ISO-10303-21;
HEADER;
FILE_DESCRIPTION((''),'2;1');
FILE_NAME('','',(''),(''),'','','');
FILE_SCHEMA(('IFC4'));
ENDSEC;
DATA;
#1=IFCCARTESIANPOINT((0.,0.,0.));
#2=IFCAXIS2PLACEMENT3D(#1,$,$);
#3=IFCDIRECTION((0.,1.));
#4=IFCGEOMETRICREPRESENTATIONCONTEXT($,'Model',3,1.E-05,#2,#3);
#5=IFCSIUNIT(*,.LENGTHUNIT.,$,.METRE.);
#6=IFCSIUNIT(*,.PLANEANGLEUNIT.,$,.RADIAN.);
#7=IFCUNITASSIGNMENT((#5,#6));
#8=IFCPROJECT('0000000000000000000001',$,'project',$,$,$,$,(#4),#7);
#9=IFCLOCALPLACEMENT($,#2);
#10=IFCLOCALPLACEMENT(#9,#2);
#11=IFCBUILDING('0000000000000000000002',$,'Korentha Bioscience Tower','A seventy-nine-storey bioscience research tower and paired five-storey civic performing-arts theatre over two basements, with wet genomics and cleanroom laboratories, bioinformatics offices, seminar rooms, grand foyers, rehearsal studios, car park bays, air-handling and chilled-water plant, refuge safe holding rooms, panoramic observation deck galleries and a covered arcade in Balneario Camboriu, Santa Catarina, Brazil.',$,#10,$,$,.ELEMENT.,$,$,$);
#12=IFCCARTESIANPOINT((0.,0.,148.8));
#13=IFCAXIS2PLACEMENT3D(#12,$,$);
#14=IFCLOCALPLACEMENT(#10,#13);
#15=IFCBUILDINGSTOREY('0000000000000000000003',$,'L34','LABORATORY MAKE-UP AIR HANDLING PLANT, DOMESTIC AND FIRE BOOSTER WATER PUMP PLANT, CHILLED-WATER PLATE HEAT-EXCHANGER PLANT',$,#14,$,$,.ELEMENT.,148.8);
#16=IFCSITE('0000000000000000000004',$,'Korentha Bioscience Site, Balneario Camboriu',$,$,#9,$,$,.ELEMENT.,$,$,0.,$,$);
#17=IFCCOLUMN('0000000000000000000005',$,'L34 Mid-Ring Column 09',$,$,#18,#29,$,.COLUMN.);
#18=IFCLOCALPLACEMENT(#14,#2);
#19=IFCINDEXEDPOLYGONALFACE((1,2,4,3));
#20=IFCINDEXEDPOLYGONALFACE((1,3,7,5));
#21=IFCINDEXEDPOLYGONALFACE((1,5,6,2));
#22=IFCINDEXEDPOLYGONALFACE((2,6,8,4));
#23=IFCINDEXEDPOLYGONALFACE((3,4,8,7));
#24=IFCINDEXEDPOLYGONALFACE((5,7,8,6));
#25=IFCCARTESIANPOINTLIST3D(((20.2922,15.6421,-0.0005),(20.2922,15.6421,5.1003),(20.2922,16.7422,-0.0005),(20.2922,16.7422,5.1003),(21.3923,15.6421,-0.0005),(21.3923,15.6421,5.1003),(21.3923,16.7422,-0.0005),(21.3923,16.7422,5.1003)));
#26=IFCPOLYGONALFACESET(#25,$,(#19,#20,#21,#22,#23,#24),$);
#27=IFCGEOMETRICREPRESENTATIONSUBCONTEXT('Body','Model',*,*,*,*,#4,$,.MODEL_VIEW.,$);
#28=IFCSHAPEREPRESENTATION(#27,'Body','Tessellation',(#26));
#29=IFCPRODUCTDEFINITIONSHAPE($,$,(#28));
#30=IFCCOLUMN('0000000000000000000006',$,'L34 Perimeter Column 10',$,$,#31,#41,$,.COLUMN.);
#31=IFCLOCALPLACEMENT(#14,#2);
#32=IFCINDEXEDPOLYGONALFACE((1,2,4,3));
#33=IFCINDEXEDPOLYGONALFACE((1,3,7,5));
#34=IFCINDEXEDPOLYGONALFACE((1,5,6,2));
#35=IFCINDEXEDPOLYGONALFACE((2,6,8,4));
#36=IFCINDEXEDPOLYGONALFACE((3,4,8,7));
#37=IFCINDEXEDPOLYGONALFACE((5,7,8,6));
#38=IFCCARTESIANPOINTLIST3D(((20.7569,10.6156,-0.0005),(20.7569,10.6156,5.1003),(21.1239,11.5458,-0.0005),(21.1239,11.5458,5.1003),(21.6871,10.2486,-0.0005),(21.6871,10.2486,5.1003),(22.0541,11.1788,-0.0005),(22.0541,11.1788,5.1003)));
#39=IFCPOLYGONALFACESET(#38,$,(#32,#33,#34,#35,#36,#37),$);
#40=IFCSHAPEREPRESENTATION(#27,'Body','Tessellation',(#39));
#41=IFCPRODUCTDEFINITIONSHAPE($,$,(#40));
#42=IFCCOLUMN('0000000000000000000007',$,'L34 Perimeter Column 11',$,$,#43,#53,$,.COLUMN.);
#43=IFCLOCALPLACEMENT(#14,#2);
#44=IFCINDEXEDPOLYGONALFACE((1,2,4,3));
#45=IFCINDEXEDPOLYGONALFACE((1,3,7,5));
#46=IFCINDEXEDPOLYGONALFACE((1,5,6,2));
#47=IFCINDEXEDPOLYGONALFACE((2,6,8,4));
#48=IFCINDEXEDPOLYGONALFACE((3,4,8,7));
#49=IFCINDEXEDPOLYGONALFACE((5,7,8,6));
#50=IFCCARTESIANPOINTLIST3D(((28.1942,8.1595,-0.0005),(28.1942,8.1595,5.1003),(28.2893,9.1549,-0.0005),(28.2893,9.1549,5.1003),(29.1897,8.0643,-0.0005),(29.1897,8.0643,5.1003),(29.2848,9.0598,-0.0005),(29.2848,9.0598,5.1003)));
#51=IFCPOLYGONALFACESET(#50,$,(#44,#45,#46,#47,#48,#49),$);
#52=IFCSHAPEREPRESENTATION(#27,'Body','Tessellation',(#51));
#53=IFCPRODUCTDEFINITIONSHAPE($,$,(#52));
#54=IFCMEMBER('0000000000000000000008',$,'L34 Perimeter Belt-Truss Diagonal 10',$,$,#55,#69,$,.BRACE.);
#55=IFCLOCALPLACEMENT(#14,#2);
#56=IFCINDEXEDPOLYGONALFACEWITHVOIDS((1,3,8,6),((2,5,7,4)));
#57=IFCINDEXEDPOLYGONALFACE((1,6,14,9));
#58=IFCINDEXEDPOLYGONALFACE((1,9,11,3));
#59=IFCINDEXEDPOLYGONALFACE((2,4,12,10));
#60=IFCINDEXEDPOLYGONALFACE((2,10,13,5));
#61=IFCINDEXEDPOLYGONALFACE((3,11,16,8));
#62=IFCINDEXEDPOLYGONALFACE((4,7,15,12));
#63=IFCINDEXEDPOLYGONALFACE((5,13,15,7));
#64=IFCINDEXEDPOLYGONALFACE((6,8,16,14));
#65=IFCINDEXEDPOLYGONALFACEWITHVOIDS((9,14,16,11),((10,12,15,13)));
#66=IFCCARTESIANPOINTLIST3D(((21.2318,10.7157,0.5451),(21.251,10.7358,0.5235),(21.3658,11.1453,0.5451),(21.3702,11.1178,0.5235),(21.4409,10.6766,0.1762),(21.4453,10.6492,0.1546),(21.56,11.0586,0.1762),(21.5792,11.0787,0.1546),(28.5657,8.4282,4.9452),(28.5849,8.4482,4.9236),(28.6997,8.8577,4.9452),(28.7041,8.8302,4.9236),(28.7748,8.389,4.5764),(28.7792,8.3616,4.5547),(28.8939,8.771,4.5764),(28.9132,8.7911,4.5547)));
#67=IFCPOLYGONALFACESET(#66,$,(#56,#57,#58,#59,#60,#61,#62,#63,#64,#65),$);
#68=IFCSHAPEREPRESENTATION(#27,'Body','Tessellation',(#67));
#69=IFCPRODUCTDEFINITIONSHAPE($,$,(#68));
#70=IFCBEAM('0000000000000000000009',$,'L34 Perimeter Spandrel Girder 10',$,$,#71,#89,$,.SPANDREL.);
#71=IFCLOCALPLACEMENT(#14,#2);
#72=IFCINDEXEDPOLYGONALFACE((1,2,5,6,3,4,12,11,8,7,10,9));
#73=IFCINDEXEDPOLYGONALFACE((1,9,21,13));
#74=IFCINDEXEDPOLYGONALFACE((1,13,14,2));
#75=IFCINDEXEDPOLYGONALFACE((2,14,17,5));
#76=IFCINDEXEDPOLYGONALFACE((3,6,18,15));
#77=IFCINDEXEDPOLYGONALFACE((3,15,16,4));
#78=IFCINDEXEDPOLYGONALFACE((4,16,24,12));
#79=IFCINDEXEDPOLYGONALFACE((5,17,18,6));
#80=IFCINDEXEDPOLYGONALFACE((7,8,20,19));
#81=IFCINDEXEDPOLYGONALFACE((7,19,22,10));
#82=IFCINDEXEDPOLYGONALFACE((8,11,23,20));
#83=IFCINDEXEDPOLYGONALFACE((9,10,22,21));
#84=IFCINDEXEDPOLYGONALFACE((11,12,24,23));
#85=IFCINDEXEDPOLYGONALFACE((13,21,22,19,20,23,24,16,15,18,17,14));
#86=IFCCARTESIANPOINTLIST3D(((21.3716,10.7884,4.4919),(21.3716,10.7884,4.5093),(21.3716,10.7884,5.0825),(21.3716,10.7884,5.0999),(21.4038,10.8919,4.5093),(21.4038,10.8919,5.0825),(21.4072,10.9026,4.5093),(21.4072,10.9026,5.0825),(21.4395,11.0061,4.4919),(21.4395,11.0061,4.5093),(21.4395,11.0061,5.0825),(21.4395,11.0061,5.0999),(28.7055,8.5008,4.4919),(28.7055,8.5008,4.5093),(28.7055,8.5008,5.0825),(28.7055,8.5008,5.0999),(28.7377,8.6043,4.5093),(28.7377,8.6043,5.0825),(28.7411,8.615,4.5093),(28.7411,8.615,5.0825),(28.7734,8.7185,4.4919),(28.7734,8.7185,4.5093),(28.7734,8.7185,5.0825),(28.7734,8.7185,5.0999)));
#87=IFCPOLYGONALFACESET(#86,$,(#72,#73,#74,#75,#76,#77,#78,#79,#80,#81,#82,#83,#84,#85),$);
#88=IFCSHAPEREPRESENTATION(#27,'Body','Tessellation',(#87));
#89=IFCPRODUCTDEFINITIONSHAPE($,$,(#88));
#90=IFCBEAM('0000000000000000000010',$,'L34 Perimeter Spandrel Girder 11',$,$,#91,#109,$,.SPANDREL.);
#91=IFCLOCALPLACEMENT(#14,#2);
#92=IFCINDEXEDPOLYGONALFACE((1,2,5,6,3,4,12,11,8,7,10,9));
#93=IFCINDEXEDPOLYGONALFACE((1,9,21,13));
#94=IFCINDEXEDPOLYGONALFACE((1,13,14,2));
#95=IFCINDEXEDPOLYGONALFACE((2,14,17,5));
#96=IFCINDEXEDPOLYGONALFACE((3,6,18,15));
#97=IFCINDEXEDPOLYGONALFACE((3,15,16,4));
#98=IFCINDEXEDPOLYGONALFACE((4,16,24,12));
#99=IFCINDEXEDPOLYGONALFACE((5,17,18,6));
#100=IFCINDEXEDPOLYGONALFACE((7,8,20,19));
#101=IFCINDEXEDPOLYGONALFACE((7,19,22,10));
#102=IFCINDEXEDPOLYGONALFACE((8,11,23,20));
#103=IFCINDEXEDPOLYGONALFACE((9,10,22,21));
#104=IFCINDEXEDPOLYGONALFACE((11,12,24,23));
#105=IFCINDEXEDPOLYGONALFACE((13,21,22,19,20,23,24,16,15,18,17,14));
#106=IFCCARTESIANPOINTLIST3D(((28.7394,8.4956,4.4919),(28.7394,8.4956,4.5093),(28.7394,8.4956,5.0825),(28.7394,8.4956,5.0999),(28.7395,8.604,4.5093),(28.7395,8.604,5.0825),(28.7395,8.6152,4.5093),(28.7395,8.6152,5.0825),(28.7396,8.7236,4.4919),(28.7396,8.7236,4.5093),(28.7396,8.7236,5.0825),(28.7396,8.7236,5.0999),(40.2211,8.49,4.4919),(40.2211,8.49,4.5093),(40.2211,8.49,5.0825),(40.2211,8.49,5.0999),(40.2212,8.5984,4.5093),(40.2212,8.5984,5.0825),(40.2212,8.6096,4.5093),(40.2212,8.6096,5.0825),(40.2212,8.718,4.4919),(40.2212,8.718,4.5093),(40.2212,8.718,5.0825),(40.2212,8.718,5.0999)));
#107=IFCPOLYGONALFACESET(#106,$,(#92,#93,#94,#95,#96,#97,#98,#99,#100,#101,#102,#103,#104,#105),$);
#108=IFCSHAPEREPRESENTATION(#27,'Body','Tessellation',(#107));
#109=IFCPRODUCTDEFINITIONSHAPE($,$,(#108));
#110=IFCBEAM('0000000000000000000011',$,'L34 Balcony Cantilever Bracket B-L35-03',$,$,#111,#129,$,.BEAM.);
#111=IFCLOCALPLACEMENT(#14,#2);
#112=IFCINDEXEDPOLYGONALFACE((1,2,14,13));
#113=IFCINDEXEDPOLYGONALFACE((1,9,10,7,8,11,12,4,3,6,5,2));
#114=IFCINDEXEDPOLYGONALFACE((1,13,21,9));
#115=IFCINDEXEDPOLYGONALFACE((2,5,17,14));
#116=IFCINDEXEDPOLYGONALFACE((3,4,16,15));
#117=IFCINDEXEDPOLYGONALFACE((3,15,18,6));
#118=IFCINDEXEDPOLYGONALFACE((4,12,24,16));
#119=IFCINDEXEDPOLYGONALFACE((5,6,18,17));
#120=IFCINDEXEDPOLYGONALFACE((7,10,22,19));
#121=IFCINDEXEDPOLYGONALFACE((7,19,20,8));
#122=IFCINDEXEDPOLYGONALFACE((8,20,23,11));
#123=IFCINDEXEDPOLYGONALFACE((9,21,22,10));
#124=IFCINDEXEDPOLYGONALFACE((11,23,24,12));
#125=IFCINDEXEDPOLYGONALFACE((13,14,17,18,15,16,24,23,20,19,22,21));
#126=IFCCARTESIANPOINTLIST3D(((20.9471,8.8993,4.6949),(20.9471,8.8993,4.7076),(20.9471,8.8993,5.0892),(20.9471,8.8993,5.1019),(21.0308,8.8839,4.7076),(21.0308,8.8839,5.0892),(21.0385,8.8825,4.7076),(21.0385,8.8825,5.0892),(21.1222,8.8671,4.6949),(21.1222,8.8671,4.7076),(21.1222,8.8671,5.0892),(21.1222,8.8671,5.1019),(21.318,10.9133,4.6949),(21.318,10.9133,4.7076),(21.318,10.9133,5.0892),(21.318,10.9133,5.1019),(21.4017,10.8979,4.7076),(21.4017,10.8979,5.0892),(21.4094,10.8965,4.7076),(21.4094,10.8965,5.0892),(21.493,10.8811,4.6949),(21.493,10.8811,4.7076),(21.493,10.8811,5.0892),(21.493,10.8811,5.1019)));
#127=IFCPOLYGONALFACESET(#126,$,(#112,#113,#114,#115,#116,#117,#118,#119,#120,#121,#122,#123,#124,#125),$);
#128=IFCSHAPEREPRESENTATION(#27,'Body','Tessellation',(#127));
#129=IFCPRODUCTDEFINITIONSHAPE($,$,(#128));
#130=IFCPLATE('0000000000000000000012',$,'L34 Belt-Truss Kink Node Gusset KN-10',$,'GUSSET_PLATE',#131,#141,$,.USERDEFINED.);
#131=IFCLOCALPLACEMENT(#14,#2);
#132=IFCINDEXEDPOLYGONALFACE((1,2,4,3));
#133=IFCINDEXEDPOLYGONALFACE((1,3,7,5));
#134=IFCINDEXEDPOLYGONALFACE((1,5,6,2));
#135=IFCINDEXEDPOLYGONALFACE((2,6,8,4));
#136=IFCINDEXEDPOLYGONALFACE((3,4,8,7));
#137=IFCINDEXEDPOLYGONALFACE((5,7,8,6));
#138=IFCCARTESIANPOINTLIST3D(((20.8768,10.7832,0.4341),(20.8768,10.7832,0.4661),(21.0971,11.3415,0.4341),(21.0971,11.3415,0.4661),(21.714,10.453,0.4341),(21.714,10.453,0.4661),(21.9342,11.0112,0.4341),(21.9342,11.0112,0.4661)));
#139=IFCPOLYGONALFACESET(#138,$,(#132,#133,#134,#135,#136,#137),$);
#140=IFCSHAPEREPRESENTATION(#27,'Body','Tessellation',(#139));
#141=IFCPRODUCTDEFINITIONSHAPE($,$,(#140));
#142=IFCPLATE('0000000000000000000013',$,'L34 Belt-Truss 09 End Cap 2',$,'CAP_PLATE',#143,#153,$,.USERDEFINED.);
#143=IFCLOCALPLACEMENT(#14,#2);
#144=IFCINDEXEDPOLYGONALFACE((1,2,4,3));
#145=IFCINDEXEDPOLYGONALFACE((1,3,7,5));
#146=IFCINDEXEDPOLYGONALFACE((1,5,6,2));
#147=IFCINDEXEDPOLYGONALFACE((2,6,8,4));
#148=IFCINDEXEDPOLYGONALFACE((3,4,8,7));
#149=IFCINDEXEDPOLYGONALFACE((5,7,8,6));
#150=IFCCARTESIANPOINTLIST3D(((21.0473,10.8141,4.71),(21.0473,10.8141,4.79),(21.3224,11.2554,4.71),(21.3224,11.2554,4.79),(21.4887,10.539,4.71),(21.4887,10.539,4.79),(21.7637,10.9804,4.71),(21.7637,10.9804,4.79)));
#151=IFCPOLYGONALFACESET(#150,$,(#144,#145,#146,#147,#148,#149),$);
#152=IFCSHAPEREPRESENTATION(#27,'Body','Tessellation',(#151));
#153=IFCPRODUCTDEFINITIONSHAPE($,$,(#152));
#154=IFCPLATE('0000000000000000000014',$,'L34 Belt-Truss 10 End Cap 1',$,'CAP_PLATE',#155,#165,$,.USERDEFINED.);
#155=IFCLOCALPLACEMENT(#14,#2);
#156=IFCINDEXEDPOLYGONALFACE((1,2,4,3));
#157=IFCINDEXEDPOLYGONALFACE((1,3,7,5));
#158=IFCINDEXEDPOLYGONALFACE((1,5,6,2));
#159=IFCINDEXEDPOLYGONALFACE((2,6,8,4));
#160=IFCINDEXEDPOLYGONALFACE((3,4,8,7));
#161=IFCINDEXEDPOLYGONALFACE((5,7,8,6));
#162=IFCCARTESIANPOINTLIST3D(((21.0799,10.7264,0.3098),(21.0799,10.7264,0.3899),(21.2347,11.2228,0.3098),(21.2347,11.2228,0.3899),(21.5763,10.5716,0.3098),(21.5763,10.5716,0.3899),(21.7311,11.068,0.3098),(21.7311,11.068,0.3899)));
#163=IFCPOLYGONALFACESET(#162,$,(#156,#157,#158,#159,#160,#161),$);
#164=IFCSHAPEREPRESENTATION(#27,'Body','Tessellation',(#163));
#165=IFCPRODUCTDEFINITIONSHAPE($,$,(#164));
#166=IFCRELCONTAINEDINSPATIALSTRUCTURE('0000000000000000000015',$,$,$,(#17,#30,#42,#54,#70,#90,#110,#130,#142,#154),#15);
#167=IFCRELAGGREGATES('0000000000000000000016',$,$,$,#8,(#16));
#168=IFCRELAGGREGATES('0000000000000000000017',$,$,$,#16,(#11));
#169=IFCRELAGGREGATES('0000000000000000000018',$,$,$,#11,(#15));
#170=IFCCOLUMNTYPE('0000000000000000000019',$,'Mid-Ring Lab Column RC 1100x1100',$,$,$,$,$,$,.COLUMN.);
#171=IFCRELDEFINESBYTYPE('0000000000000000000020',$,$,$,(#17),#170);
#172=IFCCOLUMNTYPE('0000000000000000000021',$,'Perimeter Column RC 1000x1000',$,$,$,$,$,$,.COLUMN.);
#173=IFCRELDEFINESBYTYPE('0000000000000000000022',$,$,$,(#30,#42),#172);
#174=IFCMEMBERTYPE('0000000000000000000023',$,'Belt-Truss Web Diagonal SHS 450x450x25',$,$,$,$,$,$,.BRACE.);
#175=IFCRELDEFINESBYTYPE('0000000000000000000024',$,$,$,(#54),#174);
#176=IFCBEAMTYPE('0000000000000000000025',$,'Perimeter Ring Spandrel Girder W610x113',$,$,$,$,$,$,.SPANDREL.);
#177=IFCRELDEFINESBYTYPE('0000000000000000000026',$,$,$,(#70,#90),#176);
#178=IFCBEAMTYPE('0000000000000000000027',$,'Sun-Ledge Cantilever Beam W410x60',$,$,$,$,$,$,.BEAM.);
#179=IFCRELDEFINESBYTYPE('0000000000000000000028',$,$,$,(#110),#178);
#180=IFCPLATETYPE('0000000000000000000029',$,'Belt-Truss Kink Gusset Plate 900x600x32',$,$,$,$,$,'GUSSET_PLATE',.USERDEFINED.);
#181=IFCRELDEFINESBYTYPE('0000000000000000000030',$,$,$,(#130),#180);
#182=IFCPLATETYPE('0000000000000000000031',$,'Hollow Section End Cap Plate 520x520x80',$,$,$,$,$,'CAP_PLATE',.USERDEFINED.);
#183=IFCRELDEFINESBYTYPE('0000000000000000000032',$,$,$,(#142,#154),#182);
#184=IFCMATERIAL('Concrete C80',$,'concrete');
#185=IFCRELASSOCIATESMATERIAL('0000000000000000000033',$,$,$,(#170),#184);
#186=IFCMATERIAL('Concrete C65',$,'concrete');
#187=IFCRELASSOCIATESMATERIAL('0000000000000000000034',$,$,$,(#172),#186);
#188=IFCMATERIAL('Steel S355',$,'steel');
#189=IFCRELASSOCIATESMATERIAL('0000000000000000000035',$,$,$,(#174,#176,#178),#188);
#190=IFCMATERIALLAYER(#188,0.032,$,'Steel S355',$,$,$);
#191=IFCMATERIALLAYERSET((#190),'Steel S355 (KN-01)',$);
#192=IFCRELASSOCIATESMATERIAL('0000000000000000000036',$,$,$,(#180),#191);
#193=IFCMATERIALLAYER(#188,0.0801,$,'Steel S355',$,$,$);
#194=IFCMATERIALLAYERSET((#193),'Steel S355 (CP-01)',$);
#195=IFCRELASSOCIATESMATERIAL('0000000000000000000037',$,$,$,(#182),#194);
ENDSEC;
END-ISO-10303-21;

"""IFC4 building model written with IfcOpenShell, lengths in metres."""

from ifc_helpers import new_model, si_unit, direction, frame, origin, origin_2d, place, context, subcontext, project, spatial, rectangle, hollow_rectangle, i_section, extrude, material, layer, layer_set, material_profile, profile_set, type_object, element, save


model = new_model("IFC4")

# Units and contexts
model_context = context("Model", 3, precision=1e-05, world=origin(), true_north=direction((0.0, 1.0)))
body_context = subcontext(model_context, "Body", "Model", "MODEL_VIEW")
ifc_project = project(units=[si_unit("LENGTHUNIT", "METRE"), si_unit("PLANEANGLEUNIT", "RADIAN")], contexts=[model_context])

# Site, building, storey
site_placement = place(None, origin())
site = spatial("IfcSite", under=ifc_project, at=site_placement, Name="Korentha Bioscience Site, Balneario Camboriu", CompositionType="ELEMENT", RefElevation=0.0)
building_placement = place(site_placement, origin())
building = spatial("IfcBuilding", under=site, at=building_placement, Name="Korentha Bioscience Tower", Description="A seventy-nine-storey bioscience research tower and paired five-storey civic performing-arts theatre over two basements, with wet genomics and cleanroom laboratories, bioinformatics offices, seminar rooms, grand foyers, rehearsal studios, car park bays, air-handling and chilled-water plant, refuge safe holding rooms, panoramic observation deck galleries and a covered arcade in Balneario Camboriu, Santa Catarina, Brazil.", CompositionType="ELEMENT")
storey_placement = place(building_placement, frame((0.0, 0.0, 148.8)))
storey = spatial("IfcBuildingStorey", under=building, at=storey_placement, Name="L34", Description="LABORATORY MAKE-UP AIR HANDLING PLANT, DOMESTIC AND FIRE BOOSTER WATER PUMP PLANT, CHILLED-WATER PLATE HEAT-EXCHANGER PLANT", CompositionType="ELEMENT", Elevation=148.8)

# Columns
ifc_material_1 = material(Name="Concrete C80", Category="concrete")
ifc_material_profile_1 = material_profile(ifc_material_1, rectangle(XDim=1.1001, YDim=1.1001, at=origin_2d()), Name="Concrete C80")
ifc_profile_set_1 = profile_set([ifc_material_profile_1], Name="Concrete C80 (COL-MR11)")
column_type_1 = type_object("IfcColumnType", Name="Mid-Ring Lab Column RC 1100x1100", PredefinedType="COLUMN", material=ifc_profile_set_1)
column_placement = place(storey_placement, frame((20.8423, 16.1921, -0.0005), z_axis=(0.0, 0.0, 1.0), x_axis=(1.0, 0.0, 0.0)))
element("IfcColumn", 1, at=column_placement, inside=storey, type_object=column_type_1, Name="L34 Mid-Ring Column 09", PredefinedType="COLUMN", context=body_context, shape_type="SweptSolid", body=[
    extrude(rectangle(XDim=1.1001, YDim=1.1001, at=origin_2d()), origin(), (0.0, 0.0, 1.0), 5.1008),
])
ifc_material_2 = material(Name="Concrete C65", Category="concrete")
ifc_material_profile_2 = material_profile(ifc_material_2, rectangle(XDim=1.0, YDim=1.0, at=origin_2d()), Name="Concrete C65")
ifc_profile_set_2 = profile_set([ifc_material_profile_2], Name="Concrete C65 (COL-P10)")
column_type_2 = type_object("IfcColumnType", Name="Perimeter Column RC 1000x1000", PredefinedType="COLUMN", material=ifc_profile_set_2)
for number, where, z_axis, x_axis, name in (
    (2, (21.4055, 10.8972, -0.0005), (0.0, 0.0, 1.0), (-0.930226, 0.366988, 0.0), "L34 Perimeter Column 10"),
    (3, (28.7395, 8.6096, -0.0005), (0.0, 0.0, 1.0), (-0.995463, 0.095151, 0.0), "L34 Perimeter Column 11"),
):
    element("IfcColumn", number, at=place(storey_placement, frame(where, z_axis=z_axis, x_axis=x_axis)), inside=storey, type_object=column_type_2, Name=name, PredefinedType="COLUMN", context=body_context, shape_type="SweptSolid", body=[
        extrude(rectangle(XDim=1.0, YDim=1.0, at=origin_2d()), origin(), (0.0, 0.0, 1.0), 5.1008),
    ])

# Member
ifc_material_3 = material(Name="Steel S355", Category="steel")
ifc_material_profile_3 = material_profile(ifc_material_3, hollow_rectangle(XDim=0.45, YDim=0.45, WallThickness=0.0249, at=origin_2d()), Name="Steel S355")
ifc_profile_set_3 = profile_set([ifc_material_profile_3], Name="Steel S355 (BT-D450)")
member_type = type_object("IfcMemberType", Name="Belt-Truss Web Diagonal SHS 450x450x25", PredefinedType="BRACE", material=ifc_profile_set_3)
member_placement = place(storey_placement, frame((21.4055, 10.8972, 0.3499), z_axis=(0.828386, -0.258388, 0.497004), x_axis=(0.297768, 0.954638, 0.0)))
element("IfcMember", 4, at=member_placement, inside=storey, type_object=member_type, Name="L34 Perimeter Belt-Truss Diagonal 10", PredefinedType="BRACE", context=body_context, shape_type="SweptSolid", body=[
    extrude(hollow_rectangle(XDim=0.45, YDim=0.45, WallThickness=0.0249, at=origin_2d()), origin(), (0.0, 0.0, 1.0), 8.8533),
])

# Beams
ifc_material_profile_4 = material_profile(ifc_material_3, i_section(OverallWidth=0.228, OverallDepth=0.6079, WebThickness=0.0112, FlangeThickness=0.0173, at=origin_2d()), Name="Steel S355")
ifc_profile_set_4 = profile_set([ifc_material_profile_4], Name="Steel S355 (SB-610)")
beam_type_1 = type_object("IfcBeamType", Name="Perimeter Ring Spandrel Girder W610x113", PredefinedType="SPANDREL", material=ifc_profile_set_4)
beam_1_placement = place(storey_placement, frame((21.4055, 10.8972, 4.7959), z_axis=(0.954638, -0.297768, 0.0), x_axis=(0.297768, 0.954638, 0.0)))
element("IfcBeam", 5, at=beam_1_placement, inside=storey, type_object=beam_type_1, Name="L34 Perimeter Spandrel Girder 10", PredefinedType="SPANDREL", context=body_context, shape_type="SweptSolid", body=[
    extrude(i_section(OverallWidth=0.228, OverallDepth=0.6079, WebThickness=0.0112, FlangeThickness=0.0173, at=origin_2d()), origin(), (0.0, 0.0, 1.0), 7.6824),
])
beam_2_placement = place(storey_placement, frame((28.7395, 8.6096, 4.7959), z_axis=(1.0, -0.000489, 0.0), x_axis=(0.000489, 1.0, 0.0)))
element("IfcBeam", 6, at=beam_2_placement, inside=storey, type_object=beam_type_1, Name="L34 Perimeter Spandrel Girder 11", PredefinedType="SPANDREL", context=body_context, shape_type="SweptSolid", body=[
    extrude(i_section(OverallWidth=0.228, OverallDepth=0.6079, WebThickness=0.0112, FlangeThickness=0.0173, at=origin_2d()), origin(), (0.0, 0.0, 1.0), 11.4817),
])
ifc_material_profile_5 = material_profile(ifc_material_3, i_section(OverallWidth=0.178, OverallDepth=0.407, WebThickness=0.0078, FlangeThickness=0.0127, at=origin_2d()), Name="Steel S355")
ifc_profile_set_5 = profile_set([ifc_material_profile_5], Name="Steel S355 (CB-410)")
beam_type_2 = type_object("IfcBeamType", Name="Sun-Ledge Cantilever Beam W410x60", PredefinedType="BEAM", material=ifc_profile_set_5)
beam_3_placement = place(storey_placement, frame((21.4055, 10.8972, 4.8984), z_axis=(-0.181099, -0.983465, 0.0), x_axis=(0.983465, -0.181099, 0.0)))
element("IfcBeam", 7, at=beam_3_placement, inside=storey, type_object=beam_type_2, Name="L34 Balcony Cantilever Bracket B-L35-03", PredefinedType="BEAM", context=body_context, shape_type="SweptSolid", body=[
    extrude(i_section(OverallWidth=0.178, OverallDepth=0.407, WebThickness=0.0078, FlangeThickness=0.0127, at=origin_2d()), origin(), (0.0, 0.0, 1.0), 2.0479),
])

# Plates
ifc_layer_1 = layer(ifc_material_3, 0.032, Name="Steel S355")
ifc_layer_set_1 = layer_set([ifc_layer_1], Name="Steel S355 (KN-01)")
plate_type_1 = type_object("IfcPlateType", Name="Belt-Truss Kink Gusset Plate 900x600x32", ElementType="GUSSET_PLATE", PredefinedType="USERDEFINED", material=ifc_layer_set_1)
plate_placement = place(storey_placement, frame((21.4055, 10.8972, 0.4341), z_axis=(0.0, 0.0, 1.0), x_axis=(-0.930226, 0.366988, 0.0)))
element("IfcPlate", 8, at=plate_placement, inside=storey, type_object=plate_type_1, Name="L34 Belt-Truss Kink Node Gusset KN-10", ObjectType="GUSSET_PLATE", PredefinedType="USERDEFINED", context=body_context, shape_type="SweptSolid", body=[
    extrude(rectangle(XDim=0.8999, YDim=0.6001, at=origin_2d()), origin(), (0.0, 0.0, 1.0), 0.032),
])
ifc_layer_2 = layer(ifc_material_3, 0.0801, Name="Steel S355")
ifc_layer_set_2 = layer_set([ifc_layer_2], Name="Steel S355 (CP-01)")
plate_type_2 = type_object("IfcPlateType", Name="Hollow Section End Cap Plate 520x520x80", ElementType="CAP_PLATE", PredefinedType="USERDEFINED", material=ifc_layer_set_2)
for number, where, z_axis, x_axis, name in (
    (9, (21.4055, 10.8972, 4.71), (0.0, 0.0, 1.0), (-0.848695, 0.528883, 0.0), "L34 Belt-Truss 09 End Cap 2"),
    (10, (21.4055, 10.8972, 0.3098), (0.0, 0.0, 1.0), (-0.954657, 0.297708, 0.0), "L34 Belt-Truss 10 End Cap 1"),
):
    element("IfcPlate", number, at=place(storey_placement, frame(where, z_axis=z_axis, x_axis=x_axis)), inside=storey, type_object=plate_type_2, Name=name, ObjectType="CAP_PLATE", PredefinedType="USERDEFINED", context=body_context, shape_type="SweptSolid", body=[
        extrude(rectangle(XDim=0.52, YDim=0.52, at=origin_2d()), origin(), (0.0, 0.0, 1.0), 0.0801),
    ])

save(model, "model.ifc")
